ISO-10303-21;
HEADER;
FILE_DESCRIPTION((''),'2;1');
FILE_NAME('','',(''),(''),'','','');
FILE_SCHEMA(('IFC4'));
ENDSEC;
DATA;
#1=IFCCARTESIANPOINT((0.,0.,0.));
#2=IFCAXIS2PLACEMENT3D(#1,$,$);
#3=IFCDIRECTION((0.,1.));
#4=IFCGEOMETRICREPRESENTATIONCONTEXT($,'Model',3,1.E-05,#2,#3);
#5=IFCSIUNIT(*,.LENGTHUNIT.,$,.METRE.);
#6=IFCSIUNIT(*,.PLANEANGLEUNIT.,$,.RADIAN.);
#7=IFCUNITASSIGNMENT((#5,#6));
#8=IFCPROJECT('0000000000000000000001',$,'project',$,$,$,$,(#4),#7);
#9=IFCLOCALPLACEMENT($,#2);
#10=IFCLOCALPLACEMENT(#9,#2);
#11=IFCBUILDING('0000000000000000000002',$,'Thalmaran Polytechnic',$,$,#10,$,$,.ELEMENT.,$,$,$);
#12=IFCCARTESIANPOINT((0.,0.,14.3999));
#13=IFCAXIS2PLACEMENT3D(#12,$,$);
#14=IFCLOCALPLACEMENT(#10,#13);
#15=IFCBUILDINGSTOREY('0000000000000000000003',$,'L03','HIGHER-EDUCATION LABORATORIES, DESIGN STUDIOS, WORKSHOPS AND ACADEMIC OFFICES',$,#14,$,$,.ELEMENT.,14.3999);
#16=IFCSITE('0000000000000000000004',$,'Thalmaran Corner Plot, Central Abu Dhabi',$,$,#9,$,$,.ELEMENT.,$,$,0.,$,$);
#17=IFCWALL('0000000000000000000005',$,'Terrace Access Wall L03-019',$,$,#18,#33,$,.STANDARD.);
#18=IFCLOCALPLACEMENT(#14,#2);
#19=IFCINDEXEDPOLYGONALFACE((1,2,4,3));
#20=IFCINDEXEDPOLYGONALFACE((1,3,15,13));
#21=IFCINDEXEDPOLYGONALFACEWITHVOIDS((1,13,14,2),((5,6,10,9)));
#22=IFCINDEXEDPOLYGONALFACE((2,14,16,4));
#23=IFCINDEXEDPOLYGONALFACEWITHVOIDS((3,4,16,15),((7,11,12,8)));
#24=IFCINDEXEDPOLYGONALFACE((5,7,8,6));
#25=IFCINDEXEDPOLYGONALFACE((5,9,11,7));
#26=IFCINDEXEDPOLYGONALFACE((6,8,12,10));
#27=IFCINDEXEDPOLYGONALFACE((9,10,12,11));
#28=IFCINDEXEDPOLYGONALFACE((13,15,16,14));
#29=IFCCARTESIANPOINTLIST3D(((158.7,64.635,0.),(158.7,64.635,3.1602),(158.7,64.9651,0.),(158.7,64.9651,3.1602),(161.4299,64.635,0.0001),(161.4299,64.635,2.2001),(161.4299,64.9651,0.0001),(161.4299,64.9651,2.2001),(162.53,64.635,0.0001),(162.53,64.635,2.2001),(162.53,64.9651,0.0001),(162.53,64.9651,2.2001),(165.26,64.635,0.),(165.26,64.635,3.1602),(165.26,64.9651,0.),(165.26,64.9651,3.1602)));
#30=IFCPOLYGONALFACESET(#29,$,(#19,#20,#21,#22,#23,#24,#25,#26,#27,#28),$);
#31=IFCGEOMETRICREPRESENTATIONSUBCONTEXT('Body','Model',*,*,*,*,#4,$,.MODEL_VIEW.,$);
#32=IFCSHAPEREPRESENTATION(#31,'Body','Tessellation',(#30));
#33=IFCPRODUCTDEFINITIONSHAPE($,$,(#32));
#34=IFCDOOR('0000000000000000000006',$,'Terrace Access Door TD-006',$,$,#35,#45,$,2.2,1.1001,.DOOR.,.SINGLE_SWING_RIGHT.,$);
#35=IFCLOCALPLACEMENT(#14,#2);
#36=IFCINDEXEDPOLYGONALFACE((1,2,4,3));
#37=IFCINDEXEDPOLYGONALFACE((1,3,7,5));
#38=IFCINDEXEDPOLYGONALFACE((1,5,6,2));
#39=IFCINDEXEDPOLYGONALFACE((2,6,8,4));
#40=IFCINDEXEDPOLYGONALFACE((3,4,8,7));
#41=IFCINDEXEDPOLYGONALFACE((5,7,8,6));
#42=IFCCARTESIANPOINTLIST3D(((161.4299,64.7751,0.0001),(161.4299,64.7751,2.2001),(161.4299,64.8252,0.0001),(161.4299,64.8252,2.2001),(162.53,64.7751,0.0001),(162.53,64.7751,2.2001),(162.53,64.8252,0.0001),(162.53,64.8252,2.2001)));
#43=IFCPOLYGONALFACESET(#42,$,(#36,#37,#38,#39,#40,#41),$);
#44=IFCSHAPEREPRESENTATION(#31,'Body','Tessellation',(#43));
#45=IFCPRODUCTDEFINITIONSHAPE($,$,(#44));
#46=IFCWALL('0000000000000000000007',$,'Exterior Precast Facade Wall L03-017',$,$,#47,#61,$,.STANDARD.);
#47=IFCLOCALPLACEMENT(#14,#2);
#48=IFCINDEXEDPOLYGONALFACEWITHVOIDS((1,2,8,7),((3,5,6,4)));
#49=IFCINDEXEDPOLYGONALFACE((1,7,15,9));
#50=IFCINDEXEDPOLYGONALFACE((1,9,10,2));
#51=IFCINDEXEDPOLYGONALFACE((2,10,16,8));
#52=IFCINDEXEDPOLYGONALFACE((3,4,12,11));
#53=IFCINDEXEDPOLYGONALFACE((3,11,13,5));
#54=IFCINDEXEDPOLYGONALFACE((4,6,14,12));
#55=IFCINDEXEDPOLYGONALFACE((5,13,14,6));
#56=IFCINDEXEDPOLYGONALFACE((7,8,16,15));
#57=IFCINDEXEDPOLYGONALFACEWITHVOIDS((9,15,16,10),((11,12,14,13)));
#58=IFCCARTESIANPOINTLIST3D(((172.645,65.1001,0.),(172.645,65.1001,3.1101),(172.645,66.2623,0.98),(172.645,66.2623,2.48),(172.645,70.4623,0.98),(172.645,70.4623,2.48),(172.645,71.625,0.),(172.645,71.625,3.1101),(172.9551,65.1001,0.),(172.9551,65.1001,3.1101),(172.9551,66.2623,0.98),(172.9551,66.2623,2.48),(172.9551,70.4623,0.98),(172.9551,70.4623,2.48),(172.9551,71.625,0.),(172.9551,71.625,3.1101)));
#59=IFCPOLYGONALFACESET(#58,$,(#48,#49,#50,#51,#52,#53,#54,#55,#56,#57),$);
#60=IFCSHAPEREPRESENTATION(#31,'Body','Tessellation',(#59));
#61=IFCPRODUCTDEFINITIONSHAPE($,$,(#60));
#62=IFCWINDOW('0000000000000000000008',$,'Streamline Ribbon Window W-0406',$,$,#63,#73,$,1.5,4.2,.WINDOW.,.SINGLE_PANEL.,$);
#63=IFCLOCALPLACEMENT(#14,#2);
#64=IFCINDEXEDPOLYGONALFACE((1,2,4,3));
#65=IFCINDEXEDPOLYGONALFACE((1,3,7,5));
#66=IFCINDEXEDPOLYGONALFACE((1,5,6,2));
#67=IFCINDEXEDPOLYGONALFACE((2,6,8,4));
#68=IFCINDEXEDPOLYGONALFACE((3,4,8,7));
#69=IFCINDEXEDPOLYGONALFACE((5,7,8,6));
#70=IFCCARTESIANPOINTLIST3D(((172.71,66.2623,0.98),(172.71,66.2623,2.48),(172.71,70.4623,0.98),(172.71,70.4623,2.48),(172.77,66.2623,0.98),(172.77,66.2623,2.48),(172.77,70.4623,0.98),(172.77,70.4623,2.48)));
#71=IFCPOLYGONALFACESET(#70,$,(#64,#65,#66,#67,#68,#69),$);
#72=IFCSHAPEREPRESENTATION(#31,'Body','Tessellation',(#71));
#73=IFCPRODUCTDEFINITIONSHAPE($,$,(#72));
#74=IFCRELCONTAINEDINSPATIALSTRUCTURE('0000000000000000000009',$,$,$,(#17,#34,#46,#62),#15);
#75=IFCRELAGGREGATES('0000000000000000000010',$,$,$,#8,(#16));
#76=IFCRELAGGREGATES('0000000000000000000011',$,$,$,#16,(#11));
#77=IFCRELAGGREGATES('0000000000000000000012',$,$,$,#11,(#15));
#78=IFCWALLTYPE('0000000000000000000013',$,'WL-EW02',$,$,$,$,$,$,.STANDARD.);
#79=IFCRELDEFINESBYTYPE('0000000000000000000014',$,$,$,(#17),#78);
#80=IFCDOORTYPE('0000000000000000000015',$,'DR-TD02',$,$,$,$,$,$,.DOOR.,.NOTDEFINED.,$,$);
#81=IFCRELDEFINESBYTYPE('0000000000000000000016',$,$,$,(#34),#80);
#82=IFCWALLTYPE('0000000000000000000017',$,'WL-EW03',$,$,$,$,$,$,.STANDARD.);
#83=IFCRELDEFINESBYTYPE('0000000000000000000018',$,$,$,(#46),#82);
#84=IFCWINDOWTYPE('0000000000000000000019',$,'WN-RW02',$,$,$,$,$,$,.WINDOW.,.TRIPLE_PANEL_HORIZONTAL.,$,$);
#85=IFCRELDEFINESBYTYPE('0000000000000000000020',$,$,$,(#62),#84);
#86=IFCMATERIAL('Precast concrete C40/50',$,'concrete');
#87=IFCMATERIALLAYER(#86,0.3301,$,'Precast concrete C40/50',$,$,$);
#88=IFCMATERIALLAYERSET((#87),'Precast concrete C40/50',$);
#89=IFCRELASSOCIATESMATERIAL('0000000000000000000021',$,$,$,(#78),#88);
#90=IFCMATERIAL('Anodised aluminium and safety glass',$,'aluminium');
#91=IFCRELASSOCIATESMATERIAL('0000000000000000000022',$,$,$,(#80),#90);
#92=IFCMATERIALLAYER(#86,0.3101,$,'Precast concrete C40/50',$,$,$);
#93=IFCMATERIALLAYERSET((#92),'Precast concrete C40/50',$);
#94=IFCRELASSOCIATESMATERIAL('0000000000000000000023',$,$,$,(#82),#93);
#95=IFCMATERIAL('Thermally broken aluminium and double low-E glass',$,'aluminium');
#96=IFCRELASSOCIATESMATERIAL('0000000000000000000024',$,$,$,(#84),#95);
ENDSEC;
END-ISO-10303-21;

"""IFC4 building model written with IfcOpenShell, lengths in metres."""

from ifc_helpers import new_model, si_unit, direction, frame, frame_2d, origin, place, context, subcontext, project, spatial, rectangle, extrude, material, layer, layer_set, type_object, element, fill, save


model = new_model("IFC4")

# Units and contexts
model_context = context("Model", 3, precision=1e-05, world=origin(), true_north=direction((0.0, 1.0)))
body_context = subcontext(model_context, "Body", "Model", "MODEL_VIEW")
ifc_project = project(units=[si_unit("LENGTHUNIT", "METRE"), si_unit("PLANEANGLEUNIT", "RADIAN")], contexts=[model_context])

# Site, building, storey
site_placement = place(None, origin())
site = spatial("IfcSite", under=ifc_project, at=site_placement, Name="Thalmaran Corner Plot, Central Abu Dhabi", CompositionType="ELEMENT", RefElevation=0.0)
building_placement = place(site_placement, origin())
building = spatial("IfcBuilding", under=site, at=building_placement, Name="Thalmaran Polytechnic", CompositionType="ELEMENT")
storey_placement = place(building_placement, frame((0.0, 0.0, 14.3999)))
storey = spatial("IfcBuildingStorey", under=building, at=storey_placement, Name="L03", Description="HIGHER-EDUCATION LABORATORIES, DESIGN STUDIOS, WORKSHOPS AND ACADEMIC OFFICES", CompositionType="ELEMENT", Elevation=14.3999)

# Wall, opening, door
ifc_material_1 = material(Name="Precast concrete C40/50", Category="concrete")
ifc_layer_1 = layer(ifc_material_1, 0.3301, Name="Precast concrete C40/50")
ifc_layer_set_1 = layer_set([ifc_layer_1], Name="Precast concrete C40/50")
wall_type_1 = type_object("IfcWallType", Name="WL-EW02", PredefinedType="STANDARD", material=ifc_layer_set_1)
ifc_material_2 = material(Name="Anodised aluminium and safety glass", Category="aluminium")
wall_1_placement = place(storey_placement, frame((165.26, 64.8, 0.0), z_axis=(0.0, 0.0, 1.0), x_axis=(-1.0, 0.0, 0.0)))
wall_1 = element("IfcWall", 1, at=wall_1_placement, inside=storey, type_object=wall_type_1, Name="Terrace Access Wall L03-019", PredefinedType="STANDARD", context=body_context, shape_type="SweptSolid", body=[
    extrude(rectangle(XDim=6.5601, YDim=0.3301, at=frame_2d((3.28, 0.0))), origin(), (0.0, 0.0, 1.0), 3.1602),
])
opening_1_placement = place(wall_1_placement, frame((2.73, 0.0, 0.0)))
opening_1 = element("IfcOpeningElement", 2, at=opening_1_placement, cuts=wall_1, PredefinedType="OPENING", context=body_context, shape_type="SweptSolid", body=[
    extrude(rectangle(XDim=1.1001, YDim=2.2, at=frame_2d((0.55, 1.1001))), frame((0.0, 0.175, 0.0), z_axis=(0.0, -1.0, 0.0), x_axis=(1.0, 0.0, 0.0)), (0.0, 0.0, 1.0), 0.3501),
])
door_type_1 = type_object("IfcDoorType", Name="DR-TD02", OperationType="NOTDEFINED", PredefinedType="DOOR", material=ifc_material_2)
door_1_placement = place(opening_1_placement, origin())
door_1 = element("IfcDoor", 3, at=door_1_placement, inside=storey, type_object=door_type_1, Name="Terrace Access Door TD-006", OperationType="SINGLE_SWING_RIGHT", OverallHeight=2.2, OverallWidth=1.1001, PredefinedType="DOOR", context=body_context, shape_type="SweptSolid", body=[
    extrude(rectangle(XDim=1.1001, YDim=2.2, at=frame_2d((0.55, 1.1001))), frame((0.0, 0.0249, 0.0), z_axis=(0.0, -1.0, 0.0), x_axis=(1.0, 0.0, 0.0)), (0.0, 0.0, 1.0), 0.05),
])
fill(opening_1, door_1)

# Wall, opening, window
ifc_layer_2 = layer(ifc_material_1, 0.3101, Name="Precast concrete C40/50")
ifc_layer_set_2 = layer_set([ifc_layer_2], Name="Precast concrete C40/50")
wall_type_2 = type_object("IfcWallType", Name="WL-EW03", PredefinedType="STANDARD", material=ifc_layer_set_2)
wall_2_placement = place(storey_placement, frame((172.8, 71.625, 0.0), z_axis=(0.0, 0.0, 1.0), x_axis=(0.0, -1.0, 0.0)))
wall_2 = element("IfcWall", 4, at=wall_2_placement, inside=storey, type_object=wall_type_2, Name="Exterior Precast Facade Wall L03-017", PredefinedType="STANDARD", context=body_context, shape_type="SweptSolid", body=[
    extrude(rectangle(XDim=6.5249, YDim=0.3101, at=frame_2d((3.2625, 0.0))), origin(), (0.0, 0.0, 1.0), 3.1101),
])
opening_2_placement = place(wall_2_placement, frame((1.1626, 0.0, 0.98)))
opening_2 = element("IfcOpeningElement", 5, at=opening_2_placement, cuts=wall_2, PredefinedType="OPENING", context=body_context, shape_type="SweptSolid", body=[
    extrude(rectangle(XDim=4.2, YDim=1.5, at=frame_2d((2.1001, 0.75))), frame((0.0, 0.165, 0.0), z_axis=(0.0, -1.0, 0.0), x_axis=(1.0, 0.0, 0.0)), (0.0, 0.0, 1.0), 0.3301),
])
ifc_material_3 = material(Name="Thermally broken aluminium and double low-E glass", Category="aluminium")
window_type = type_object("IfcWindowType", Name="WN-RW02", PartitioningType="TRIPLE_PANEL_HORIZONTAL", PredefinedType="WINDOW", material=ifc_material_3)
window_placement = place(opening_2_placement, origin())
window = element("IfcWindow", 6, at=window_placement, inside=storey, type_object=window_type, Name="Streamline Ribbon Window W-0406", OverallHeight=1.5, OverallWidth=4.2, PartitioningType="SINGLE_PANEL", PredefinedType="WINDOW", context=body_context, shape_type="SweptSolid", body=[
    extrude(rectangle(XDim=4.2, YDim=1.5, at=frame_2d((2.1001, 0.75))), frame((0.0, -0.03, 0.0), z_axis=(0.0, -1.0, 0.0), x_axis=(1.0, 0.0, 0.0)), (0.0, 0.0, 1.0), 0.0601),
])
fill(opening_2, window)

save(model, "model.ifc")
